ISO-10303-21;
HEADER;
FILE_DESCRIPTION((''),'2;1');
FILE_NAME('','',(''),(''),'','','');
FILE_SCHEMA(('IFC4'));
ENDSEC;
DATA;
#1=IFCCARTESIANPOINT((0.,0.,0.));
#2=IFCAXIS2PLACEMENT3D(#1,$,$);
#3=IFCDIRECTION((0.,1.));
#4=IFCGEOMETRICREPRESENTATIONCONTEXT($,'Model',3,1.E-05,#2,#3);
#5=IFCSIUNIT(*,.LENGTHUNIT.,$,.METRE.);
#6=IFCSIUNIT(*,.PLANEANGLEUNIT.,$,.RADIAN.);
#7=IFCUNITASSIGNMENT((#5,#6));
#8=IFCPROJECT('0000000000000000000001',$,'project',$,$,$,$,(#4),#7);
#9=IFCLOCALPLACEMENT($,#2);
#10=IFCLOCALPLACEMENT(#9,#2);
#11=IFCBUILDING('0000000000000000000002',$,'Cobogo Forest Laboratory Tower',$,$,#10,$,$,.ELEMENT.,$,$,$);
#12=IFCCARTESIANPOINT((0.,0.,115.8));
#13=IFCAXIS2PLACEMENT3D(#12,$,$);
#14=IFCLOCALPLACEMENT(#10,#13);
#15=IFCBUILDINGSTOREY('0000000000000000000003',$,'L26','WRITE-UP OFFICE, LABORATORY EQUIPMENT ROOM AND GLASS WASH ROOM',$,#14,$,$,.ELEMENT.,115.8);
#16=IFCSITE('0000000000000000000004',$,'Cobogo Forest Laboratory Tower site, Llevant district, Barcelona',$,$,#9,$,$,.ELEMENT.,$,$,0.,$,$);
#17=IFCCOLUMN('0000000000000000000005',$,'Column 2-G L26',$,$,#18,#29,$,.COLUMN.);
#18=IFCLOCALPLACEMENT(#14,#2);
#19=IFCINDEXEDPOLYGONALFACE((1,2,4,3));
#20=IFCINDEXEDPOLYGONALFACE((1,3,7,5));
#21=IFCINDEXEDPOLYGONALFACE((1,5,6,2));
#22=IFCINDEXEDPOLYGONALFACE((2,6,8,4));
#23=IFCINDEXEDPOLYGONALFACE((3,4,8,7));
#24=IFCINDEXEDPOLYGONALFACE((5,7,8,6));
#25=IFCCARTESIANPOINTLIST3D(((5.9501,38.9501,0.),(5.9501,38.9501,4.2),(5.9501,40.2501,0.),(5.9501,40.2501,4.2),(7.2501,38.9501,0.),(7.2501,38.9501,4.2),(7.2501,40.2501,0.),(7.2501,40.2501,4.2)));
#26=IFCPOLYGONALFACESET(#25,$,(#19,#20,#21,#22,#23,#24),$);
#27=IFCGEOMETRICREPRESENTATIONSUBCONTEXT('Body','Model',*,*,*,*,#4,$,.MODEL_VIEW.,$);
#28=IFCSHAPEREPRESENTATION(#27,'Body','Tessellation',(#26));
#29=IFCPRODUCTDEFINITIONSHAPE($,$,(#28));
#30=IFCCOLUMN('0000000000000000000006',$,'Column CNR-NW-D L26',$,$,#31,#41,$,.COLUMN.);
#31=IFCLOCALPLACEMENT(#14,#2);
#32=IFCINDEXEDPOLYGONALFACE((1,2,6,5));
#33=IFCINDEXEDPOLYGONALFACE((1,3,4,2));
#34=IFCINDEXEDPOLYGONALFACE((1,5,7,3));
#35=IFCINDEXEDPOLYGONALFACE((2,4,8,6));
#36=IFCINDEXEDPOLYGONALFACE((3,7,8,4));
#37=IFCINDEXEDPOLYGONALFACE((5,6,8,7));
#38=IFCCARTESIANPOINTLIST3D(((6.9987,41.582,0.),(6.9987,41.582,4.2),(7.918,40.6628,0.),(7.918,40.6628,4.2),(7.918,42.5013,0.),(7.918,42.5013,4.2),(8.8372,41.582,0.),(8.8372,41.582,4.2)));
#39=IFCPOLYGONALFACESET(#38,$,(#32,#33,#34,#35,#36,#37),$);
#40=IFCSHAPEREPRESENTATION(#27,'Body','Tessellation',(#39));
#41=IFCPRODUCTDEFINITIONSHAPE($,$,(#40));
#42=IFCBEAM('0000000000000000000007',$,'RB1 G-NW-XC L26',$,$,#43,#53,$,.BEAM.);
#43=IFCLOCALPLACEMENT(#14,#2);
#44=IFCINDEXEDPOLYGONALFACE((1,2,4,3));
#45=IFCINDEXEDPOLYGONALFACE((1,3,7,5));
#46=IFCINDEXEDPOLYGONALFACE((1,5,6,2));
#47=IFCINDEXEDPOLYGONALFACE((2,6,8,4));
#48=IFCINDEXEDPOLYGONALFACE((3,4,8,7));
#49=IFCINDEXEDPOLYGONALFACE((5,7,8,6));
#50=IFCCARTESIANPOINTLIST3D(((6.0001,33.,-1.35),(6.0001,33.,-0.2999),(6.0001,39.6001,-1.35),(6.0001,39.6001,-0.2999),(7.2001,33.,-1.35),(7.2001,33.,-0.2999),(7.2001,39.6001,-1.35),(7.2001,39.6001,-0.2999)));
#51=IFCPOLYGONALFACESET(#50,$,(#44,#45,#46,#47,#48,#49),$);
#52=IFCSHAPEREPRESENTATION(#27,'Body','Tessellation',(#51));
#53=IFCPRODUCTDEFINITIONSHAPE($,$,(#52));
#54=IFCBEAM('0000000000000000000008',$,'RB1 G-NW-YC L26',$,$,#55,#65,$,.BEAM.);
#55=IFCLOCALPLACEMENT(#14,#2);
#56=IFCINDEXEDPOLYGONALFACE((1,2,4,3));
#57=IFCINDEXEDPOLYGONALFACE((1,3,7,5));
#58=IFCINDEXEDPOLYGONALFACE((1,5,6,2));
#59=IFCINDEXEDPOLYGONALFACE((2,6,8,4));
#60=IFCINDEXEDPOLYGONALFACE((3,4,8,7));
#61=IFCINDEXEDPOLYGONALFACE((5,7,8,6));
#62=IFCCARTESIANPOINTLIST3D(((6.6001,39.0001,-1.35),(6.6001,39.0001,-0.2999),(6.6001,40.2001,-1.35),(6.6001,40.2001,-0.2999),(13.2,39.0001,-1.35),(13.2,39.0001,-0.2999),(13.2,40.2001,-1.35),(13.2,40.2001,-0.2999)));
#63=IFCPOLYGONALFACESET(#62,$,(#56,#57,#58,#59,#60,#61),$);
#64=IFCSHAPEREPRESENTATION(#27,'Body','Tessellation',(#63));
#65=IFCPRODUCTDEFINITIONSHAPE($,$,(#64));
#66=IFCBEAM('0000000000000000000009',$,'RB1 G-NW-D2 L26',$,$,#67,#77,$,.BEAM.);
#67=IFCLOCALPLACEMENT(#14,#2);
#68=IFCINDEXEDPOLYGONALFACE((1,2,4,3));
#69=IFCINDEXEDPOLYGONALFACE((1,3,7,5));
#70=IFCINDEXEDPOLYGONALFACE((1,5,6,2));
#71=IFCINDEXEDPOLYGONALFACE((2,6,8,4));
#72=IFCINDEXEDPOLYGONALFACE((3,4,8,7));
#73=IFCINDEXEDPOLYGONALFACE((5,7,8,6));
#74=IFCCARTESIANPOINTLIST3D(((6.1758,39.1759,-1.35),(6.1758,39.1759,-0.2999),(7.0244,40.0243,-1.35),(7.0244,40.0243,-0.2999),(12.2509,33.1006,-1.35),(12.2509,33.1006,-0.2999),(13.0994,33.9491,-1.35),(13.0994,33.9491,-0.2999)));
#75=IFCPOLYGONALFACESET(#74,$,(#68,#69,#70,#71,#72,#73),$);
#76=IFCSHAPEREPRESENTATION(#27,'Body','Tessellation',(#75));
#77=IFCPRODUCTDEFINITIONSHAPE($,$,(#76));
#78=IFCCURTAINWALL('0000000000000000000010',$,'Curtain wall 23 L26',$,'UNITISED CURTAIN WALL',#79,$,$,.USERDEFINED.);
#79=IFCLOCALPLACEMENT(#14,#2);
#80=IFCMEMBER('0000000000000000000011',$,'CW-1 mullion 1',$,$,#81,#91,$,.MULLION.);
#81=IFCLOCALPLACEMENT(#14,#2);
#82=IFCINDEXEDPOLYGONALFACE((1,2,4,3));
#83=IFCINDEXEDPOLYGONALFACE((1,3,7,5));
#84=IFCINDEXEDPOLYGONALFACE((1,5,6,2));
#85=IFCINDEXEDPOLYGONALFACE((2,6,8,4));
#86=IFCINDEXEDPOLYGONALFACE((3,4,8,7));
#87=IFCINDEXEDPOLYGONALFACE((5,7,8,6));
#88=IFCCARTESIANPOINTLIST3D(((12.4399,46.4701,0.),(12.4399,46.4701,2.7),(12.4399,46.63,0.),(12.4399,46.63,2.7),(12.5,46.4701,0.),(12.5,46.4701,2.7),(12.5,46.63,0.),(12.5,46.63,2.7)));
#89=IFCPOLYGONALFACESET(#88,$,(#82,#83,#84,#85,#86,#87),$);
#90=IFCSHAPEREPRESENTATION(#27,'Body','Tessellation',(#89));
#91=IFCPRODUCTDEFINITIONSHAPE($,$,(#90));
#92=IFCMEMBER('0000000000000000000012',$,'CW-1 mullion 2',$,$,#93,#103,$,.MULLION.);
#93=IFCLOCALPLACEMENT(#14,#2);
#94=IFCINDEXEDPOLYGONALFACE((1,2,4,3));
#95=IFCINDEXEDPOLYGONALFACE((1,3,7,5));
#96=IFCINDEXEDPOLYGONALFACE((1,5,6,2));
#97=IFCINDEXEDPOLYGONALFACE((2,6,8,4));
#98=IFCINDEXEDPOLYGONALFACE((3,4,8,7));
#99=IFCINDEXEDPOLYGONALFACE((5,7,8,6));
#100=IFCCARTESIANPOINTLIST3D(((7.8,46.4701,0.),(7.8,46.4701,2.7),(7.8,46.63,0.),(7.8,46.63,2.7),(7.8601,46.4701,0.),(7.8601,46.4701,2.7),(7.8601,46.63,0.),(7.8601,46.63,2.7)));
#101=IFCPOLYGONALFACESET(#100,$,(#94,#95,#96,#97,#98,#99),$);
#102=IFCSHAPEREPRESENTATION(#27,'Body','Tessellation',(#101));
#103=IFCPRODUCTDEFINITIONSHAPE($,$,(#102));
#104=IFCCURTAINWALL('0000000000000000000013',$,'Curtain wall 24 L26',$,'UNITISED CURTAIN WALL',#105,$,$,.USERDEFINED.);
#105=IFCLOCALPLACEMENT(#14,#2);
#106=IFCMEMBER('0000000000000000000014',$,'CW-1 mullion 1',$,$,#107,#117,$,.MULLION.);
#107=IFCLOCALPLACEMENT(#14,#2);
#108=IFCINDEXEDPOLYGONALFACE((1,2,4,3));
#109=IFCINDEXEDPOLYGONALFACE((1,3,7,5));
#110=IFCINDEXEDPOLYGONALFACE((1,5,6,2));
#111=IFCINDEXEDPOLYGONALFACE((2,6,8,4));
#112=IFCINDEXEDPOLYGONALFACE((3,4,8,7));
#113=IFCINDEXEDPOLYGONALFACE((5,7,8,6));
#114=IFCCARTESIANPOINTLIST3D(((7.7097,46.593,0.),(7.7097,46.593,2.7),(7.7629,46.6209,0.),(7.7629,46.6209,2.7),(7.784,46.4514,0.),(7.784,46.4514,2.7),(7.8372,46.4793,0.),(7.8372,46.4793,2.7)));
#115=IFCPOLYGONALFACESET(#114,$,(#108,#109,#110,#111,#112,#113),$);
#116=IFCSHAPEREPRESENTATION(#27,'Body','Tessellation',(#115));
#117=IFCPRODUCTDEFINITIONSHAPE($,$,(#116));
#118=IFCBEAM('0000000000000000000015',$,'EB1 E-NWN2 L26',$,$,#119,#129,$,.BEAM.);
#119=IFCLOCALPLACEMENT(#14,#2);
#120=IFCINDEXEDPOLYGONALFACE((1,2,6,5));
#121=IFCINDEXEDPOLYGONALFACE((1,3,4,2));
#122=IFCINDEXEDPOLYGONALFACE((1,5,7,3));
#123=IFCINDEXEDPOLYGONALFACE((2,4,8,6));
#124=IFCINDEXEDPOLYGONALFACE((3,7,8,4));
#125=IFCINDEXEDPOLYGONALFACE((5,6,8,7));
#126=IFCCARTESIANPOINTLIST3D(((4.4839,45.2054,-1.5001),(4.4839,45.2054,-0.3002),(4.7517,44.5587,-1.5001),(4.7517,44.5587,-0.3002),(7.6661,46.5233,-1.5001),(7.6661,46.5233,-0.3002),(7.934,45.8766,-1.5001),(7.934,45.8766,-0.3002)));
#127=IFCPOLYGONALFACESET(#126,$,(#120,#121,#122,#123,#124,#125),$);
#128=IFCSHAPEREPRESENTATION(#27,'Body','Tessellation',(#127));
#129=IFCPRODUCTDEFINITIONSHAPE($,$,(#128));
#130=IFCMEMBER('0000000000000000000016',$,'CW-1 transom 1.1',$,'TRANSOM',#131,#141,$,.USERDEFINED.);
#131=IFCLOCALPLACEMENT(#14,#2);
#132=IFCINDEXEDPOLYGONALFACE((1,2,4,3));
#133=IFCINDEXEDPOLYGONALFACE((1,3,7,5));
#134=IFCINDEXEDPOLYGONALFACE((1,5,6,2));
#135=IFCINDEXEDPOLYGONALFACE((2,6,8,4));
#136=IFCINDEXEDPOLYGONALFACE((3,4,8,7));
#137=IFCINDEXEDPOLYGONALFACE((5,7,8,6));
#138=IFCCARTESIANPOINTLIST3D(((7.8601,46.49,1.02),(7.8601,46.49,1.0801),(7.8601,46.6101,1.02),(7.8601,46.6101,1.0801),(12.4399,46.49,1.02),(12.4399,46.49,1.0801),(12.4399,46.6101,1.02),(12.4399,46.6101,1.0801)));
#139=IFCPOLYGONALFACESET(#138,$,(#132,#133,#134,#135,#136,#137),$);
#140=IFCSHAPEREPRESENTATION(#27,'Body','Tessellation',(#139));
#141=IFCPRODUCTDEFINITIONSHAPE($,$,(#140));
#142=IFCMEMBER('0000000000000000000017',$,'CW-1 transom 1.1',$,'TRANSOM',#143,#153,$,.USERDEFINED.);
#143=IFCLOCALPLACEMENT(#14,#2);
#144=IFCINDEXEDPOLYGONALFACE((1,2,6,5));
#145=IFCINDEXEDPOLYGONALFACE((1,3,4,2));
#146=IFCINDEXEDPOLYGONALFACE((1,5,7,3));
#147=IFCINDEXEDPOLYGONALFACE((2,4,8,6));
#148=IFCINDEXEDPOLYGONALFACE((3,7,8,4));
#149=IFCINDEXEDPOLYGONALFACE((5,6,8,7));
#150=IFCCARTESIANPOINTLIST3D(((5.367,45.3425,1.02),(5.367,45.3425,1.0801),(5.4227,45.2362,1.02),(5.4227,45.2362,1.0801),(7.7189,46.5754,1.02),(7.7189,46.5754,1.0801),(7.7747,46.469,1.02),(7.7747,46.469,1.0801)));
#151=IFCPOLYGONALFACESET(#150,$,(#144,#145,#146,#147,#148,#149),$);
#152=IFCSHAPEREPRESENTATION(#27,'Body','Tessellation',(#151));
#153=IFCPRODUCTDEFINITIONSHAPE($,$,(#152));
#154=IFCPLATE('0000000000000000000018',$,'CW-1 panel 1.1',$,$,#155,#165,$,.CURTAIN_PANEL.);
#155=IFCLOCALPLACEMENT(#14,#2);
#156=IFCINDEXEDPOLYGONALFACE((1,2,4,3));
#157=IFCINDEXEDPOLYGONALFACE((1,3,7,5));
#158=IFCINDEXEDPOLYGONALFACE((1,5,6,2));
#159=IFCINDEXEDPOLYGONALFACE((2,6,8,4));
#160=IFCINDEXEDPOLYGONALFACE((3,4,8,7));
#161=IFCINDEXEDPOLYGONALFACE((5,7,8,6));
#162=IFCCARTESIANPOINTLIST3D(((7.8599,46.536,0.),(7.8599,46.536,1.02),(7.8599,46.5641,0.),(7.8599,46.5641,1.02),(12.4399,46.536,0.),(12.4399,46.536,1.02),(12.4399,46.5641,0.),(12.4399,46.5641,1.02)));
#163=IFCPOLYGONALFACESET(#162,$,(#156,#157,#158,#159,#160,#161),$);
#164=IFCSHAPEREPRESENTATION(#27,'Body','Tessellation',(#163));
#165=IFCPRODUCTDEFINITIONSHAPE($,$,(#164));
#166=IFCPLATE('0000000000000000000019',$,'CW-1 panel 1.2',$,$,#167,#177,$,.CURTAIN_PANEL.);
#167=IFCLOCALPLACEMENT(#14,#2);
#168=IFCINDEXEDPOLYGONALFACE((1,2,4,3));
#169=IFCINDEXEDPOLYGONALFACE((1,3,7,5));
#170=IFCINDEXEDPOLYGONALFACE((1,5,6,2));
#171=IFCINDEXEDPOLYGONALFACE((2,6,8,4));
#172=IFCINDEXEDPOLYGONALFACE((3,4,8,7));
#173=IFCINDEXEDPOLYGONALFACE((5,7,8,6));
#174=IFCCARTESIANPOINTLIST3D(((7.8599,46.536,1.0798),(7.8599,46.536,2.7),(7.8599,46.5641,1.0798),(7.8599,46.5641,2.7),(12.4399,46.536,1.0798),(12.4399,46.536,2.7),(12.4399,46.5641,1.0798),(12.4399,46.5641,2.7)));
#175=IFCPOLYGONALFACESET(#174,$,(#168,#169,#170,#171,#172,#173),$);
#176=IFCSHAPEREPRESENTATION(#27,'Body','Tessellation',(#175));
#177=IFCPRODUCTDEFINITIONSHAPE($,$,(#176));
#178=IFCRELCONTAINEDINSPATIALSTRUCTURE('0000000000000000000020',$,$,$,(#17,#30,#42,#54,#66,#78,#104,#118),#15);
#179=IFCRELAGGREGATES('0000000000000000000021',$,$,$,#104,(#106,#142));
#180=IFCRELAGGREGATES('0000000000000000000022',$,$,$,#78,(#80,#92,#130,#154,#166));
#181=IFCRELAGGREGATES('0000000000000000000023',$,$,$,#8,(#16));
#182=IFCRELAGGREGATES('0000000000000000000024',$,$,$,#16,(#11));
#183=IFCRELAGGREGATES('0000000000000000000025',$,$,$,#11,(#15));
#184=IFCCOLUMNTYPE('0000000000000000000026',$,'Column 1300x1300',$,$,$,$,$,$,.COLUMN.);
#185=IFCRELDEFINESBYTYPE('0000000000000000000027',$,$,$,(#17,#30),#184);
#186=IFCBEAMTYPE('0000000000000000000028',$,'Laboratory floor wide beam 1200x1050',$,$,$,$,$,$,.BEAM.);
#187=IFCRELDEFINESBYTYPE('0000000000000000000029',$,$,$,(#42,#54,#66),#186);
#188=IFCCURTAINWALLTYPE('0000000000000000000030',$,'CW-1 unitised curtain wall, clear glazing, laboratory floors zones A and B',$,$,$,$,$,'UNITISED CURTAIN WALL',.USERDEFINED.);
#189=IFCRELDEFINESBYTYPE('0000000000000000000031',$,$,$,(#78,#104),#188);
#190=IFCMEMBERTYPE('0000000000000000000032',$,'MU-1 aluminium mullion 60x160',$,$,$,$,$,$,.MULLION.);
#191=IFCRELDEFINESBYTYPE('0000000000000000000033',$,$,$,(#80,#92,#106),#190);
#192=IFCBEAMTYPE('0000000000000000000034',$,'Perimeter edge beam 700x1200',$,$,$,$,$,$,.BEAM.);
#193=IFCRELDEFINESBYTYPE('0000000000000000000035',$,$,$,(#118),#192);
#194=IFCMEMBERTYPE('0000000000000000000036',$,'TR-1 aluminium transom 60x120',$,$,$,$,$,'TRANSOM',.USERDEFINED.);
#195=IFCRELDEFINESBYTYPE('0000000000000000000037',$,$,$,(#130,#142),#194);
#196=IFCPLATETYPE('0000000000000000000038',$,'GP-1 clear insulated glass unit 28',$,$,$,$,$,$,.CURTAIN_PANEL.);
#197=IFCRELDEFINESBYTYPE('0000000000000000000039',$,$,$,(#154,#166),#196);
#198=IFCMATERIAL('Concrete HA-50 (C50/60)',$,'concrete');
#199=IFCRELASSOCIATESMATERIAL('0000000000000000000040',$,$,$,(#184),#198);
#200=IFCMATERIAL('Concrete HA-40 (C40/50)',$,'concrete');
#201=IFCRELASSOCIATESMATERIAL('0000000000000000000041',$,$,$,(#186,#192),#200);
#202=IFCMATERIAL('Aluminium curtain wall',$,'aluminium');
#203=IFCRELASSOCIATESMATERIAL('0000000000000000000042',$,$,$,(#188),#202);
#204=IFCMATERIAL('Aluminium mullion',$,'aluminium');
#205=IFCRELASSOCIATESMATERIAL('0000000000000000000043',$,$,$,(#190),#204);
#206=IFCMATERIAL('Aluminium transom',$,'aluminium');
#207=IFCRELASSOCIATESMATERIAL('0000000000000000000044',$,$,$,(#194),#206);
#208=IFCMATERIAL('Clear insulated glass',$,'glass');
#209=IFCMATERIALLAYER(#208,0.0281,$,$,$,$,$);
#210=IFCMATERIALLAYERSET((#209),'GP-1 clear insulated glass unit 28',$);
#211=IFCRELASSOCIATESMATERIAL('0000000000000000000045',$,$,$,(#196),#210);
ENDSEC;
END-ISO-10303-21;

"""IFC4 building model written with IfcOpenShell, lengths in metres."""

from ifc_helpers import new_model, si_unit, direction, frame, origin, origin_2d, place, context, subcontext, project, spatial, rectangle, extrude, material, layer, layer_set, material_profile, profile_set, type_object, element, aggregate, save


model = new_model("IFC4")

# Units and contexts
model_context = context("Model", 3, precision=1e-05, world=origin(), true_north=direction((0.0, 1.0)))
body_context = subcontext(model_context, "Body", "Model", "MODEL_VIEW")
ifc_project = project(units=[si_unit("LENGTHUNIT", "METRE"), si_unit("PLANEANGLEUNIT", "RADIAN")], contexts=[model_context])

# Site, building, storey
site_placement = place(None, origin())
site = spatial("IfcSite", under=ifc_project, at=site_placement, Name="Cobogo Forest Laboratory Tower site, Llevant district, Barcelona", CompositionType="ELEMENT", RefElevation=0.0)
building_placement = place(site_placement, origin())
building = spatial("IfcBuilding", under=site, at=building_placement, Name="Cobogo Forest Laboratory Tower", CompositionType="ELEMENT")
storey_placement = place(building_placement, frame((0.0, 0.0, 115.8)))
storey = spatial("IfcBuildingStorey", under=building, at=storey_placement, Name="L26", Description="WRITE-UP OFFICE, LABORATORY EQUIPMENT ROOM AND GLASS WASH ROOM", CompositionType="ELEMENT", Elevation=115.8)

# Columns
ifc_material_1 = material(Name="Concrete HA-50 (C50/60)", Category="concrete")
ifc_material_profile_1 = material_profile(ifc_material_1, rectangle(XDim=1.3, YDim=1.3, at=origin_2d()), Name="RC 1300x1300")
ifc_profile_set_1 = profile_set([ifc_material_profile_1], Name="Concrete HA-50 (C50/60)")
column_type = type_object("IfcColumnType", Name="Column 1300x1300", PredefinedType="COLUMN", material=ifc_profile_set_1)
for number, where, z_axis, x_axis, name in (
    (1, (6.6001, 39.6001, 0.0), (0.0, 0.0, 1.0), (1.0, 0.0, 0.0), "Column 2-G L26"),
    (2, (7.918, 41.582, 0.0), (0.0, 0.0, 1.0), (0.707107, 0.707107, 0.0), "Column CNR-NW-D L26"),
):
    element("IfcColumn", number, at=place(storey_placement, frame(where, z_axis=z_axis, x_axis=x_axis)), inside=storey, type_object=column_type, Name=name, PredefinedType="COLUMN", context=body_context, shape_type="SweptSolid", body=[
        extrude(rectangle(XDim=1.3, YDim=1.3, at=origin_2d()), origin(), (0.0, 0.0, 1.0), 4.2),
    ])

# Beams
ifc_material_2 = material(Name="Concrete HA-40 (C40/50)", Category="concrete")
ifc_material_profile_2 = material_profile(ifc_material_2, rectangle(XDim=1.2, YDim=1.05, at=origin_2d()), Name="RC 1200x1050")
ifc_profile_set_2 = profile_set([ifc_material_profile_2], Name="Concrete HA-40 (C40/50)")
beam_type_1 = type_object("IfcBeamType", Name="Laboratory floor wide beam 1200x1050", PredefinedType="BEAM", material=ifc_profile_set_2)
beam_1_placement = place(storey_placement, frame((6.6001, 39.6001, -0.825), z_axis=(0.0, -1.0, 0.0), x_axis=(1.0, 0.0, 0.0)))
element("IfcBeam", 3, at=beam_1_placement, inside=storey, type_object=beam_type_1, Name="RB1 G-NW-XC L26", PredefinedType="BEAM", context=body_context, shape_type="SweptSolid", body=[
    extrude(rectangle(XDim=1.2, YDim=1.05, at=origin_2d()), origin(), (0.0, 0.0, 1.0), 6.6001),
])
beam_2_placement = place(storey_placement, frame((6.6001, 39.6001, -0.825), z_axis=(1.0, 0.0, 0.0), x_axis=(0.0, 1.0, 0.0)))
element("IfcBeam", 4, at=beam_2_placement, inside=storey, type_object=beam_type_1, Name="RB1 G-NW-YC L26", PredefinedType="BEAM", context=body_context, shape_type="SweptSolid", body=[
    extrude(rectangle(XDim=1.2, YDim=1.05, at=origin_2d()), origin(), (0.0, 0.0, 1.0), 6.5999),
])
beam_3_placement = place(storey_placement, frame((6.6001, 39.6001, -0.825), z_axis=(0.707093, -0.707121, 0.0), x_axis=(0.707121, 0.707093, 0.0)))
element("IfcBeam", 5, at=beam_3_placement, inside=storey, type_object=beam_type_1, Name="RB1 G-NW-D2 L26", PredefinedType="BEAM", context=body_context, shape_type="SweptSolid", body=[
    extrude(rectangle(XDim=1.2, YDim=1.05, at=origin_2d()), origin(), (0.0, 0.0, 1.0), 8.5916),
])

# Curtain wall, members
ifc_material_3 = material(Name="Aluminium curtain wall", Category="aluminium")
curtain_wall_type = type_object("IfcCurtainWallType", Name="CW-1 unitised curtain wall, clear glazing, laboratory floors zones A and B", ElementType="UNITISED CURTAIN WALL", PredefinedType="USERDEFINED", material=ifc_material_3)
curtain_wall_1_placement = place(storey_placement, origin())
curtain_wall_1 = element("IfcCurtainWall", 6, at=curtain_wall_1_placement, inside=storey, type_object=curtain_wall_type, Name="Curtain wall 23 L26", ObjectType="UNITISED CURTAIN WALL", PredefinedType="USERDEFINED")
ifc_material_4 = material(Name="Aluminium mullion", Category="aluminium")
ifc_material_profile_3 = material_profile(ifc_material_4, rectangle(XDim=0.0601, YDim=0.1599, at=origin_2d()), Name="AL 60x160")
ifc_profile_set_3 = profile_set([ifc_material_profile_3], Name="Aluminium mullion")
member_type_1 = type_object("IfcMemberType", Name="MU-1 aluminium mullion 60x160", PredefinedType="MULLION", material=ifc_profile_set_3)
member_1_placement = place(storey_placement, frame((12.47, 46.55, 0.0), z_axis=(0.0, 0.0, 1.0), x_axis=(-1.0, 0.0, 0.0)))
member_1 = element("IfcMember", 7, at=member_1_placement, type_object=member_type_1, Name="CW-1 mullion 1", PredefinedType="MULLION", context=body_context, shape_type="SweptSolid", body=[
    extrude(rectangle(XDim=0.0601, YDim=0.1599, at=origin_2d()), origin(), (0.0, 0.0, 1.0), 2.7),
])
member_2_placement = place(storey_placement, frame((7.8301, 46.55, 0.0), z_axis=(0.0, 0.0, 1.0), x_axis=(-1.0, 0.0, 0.0)))
member_2 = element("IfcMember", 8, at=member_2_placement, type_object=member_type_1, Name="CW-1 mullion 2", PredefinedType="MULLION", context=body_context, shape_type="SweptSolid", body=[
    extrude(rectangle(XDim=0.0601, YDim=0.1599, at=origin_2d()), origin(), (0.0, 0.0, 1.0), 2.7),
])

# Curtain wall, member
curtain_wall_2_placement = place(storey_placement, origin())
curtain_wall_2 = element("IfcCurtainWall", 9, at=curtain_wall_2_placement, inside=storey, type_object=curtain_wall_type, Name="Curtain wall 24 L26", ObjectType="UNITISED CURTAIN WALL", PredefinedType="USERDEFINED")
member_3_placement = place(storey_placement, frame((7.7734, 46.5361, 0.0), z_axis=(0.0, 0.0, 1.0), x_axis=(-0.885687, -0.464284, 0.0)))
member_3 = element("IfcMember", 10, at=member_3_placement, type_object=member_type_1, Name="CW-1 mullion 1", PredefinedType="MULLION", context=body_context, shape_type="SweptSolid", body=[
    extrude(rectangle(XDim=0.0601, YDim=0.1599, at=origin_2d()), origin(), (0.0, 0.0, 1.0), 2.7),
])

# Beam
ifc_material_profile_4 = material_profile(ifc_material_2, rectangle(XDim=0.7, YDim=1.2, at=origin_2d()), Name="RC 700x1200")
ifc_profile_set_4 = profile_set([ifc_material_profile_4], Name="Concrete HA-40 (C40/50)")
beam_type_2 = type_object("IfcBeamType", Name="Perimeter edge beam 700x1200", PredefinedType="BEAM", material=ifc_profile_set_4)
beam_4_placement = place(storey_placement, frame((7.8, 46.2, -0.9001), z_axis=(-0.923901, -0.382631, 0.0), x_axis=(0.382631, -0.923901, 0.0)))
element("IfcBeam", 11, at=beam_4_placement, inside=storey, type_object=beam_type_2, Name="EB1 E-NWN2 L26", PredefinedType="BEAM", context=body_context, shape_type="SweptSolid", body=[
    extrude(rectangle(XDim=0.7, YDim=1.2, at=origin_2d()), origin(), (0.0, 0.0, 1.0), 3.4443),
])

# Members
ifc_material_5 = material(Name="Aluminium transom", Category="aluminium")
ifc_material_profile_5 = material_profile(ifc_material_5, rectangle(XDim=0.1201, YDim=0.0601, at=origin_2d()), Name="AL 60x120")
ifc_profile_set_5 = profile_set([ifc_material_profile_5], Name="Aluminium transom")
member_type_2 = type_object("IfcMemberType", Name="TR-1 aluminium transom 60x120", ElementType="TRANSOM", PredefinedType="USERDEFINED", material=ifc_profile_set_5)
member_4_placement = place(storey_placement, frame((12.4399, 46.55, 1.05), z_axis=(-1.0, 0.0, 0.0), x_axis=(0.0, -1.0, 0.0)))
member_4 = element("IfcMember", 12, at=member_4_placement, type_object=member_type_2, Name="CW-1 transom 1.1", ObjectType="TRANSOM", PredefinedType="USERDEFINED", context=body_context, shape_type="SweptSolid", body=[
    extrude(rectangle(XDim=0.1201, YDim=0.0601, at=origin_2d()), origin(), (0.0, 0.0, 1.0), 4.5798),
])
member_5_placement = place(storey_placement, frame((7.7468, 46.5222, 1.05), z_axis=(-0.885695, -0.464268, 0.0), x_axis=(0.464268, -0.885695, 0.0)))
member_5 = element("IfcMember", 13, at=member_5_placement, type_object=member_type_2, Name="CW-1 transom 1.1", ObjectType="TRANSOM", PredefinedType="USERDEFINED", context=body_context, shape_type="SweptSolid", body=[
    extrude(rectangle(XDim=0.1201, YDim=0.0601, at=origin_2d()), origin(), (0.0, 0.0, 1.0), 2.6555),
])
aggregate(curtain_wall_2, [member_3, member_5])

# Plates
ifc_material_6 = material(Name="Clear insulated glass", Category="glass")
ifc_layer_1 = layer(ifc_material_6, 0.0281)
ifc_layer_set_1 = layer_set([ifc_layer_1], Name="GP-1 clear insulated glass unit 28")
plate_type = type_object("IfcPlateType", Name="GP-1 clear insulated glass unit 28", PredefinedType="CURTAIN_PANEL", material=ifc_layer_set_1)
plate_1_placement = place(storey_placement, frame((10.1499, 46.55, 0.0), z_axis=(0.0, 0.0, 1.0), x_axis=(-1.0, 0.0, 0.0)))
plate_1 = element("IfcPlate", 14, at=plate_1_placement, type_object=plate_type, Name="CW-1 panel 1.1", PredefinedType="CURTAIN_PANEL", context=body_context, shape_type="SweptSolid", body=[
    extrude(rectangle(XDim=4.5801, YDim=0.0281, at=origin_2d()), origin(), (0.0, 0.0, 1.0), 1.02),
])
plate_2_placement = place(storey_placement, frame((10.1499, 46.55, 1.0798), z_axis=(0.0, 0.0, 1.0), x_axis=(-1.0, 0.0, 0.0)))
plate_2 = element("IfcPlate", 15, at=plate_2_placement, type_object=plate_type, Name="CW-1 panel 1.2", PredefinedType="CURTAIN_PANEL", context=body_context, shape_type="SweptSolid", body=[
    extrude(rectangle(XDim=4.5801, YDim=0.0281, at=origin_2d()), origin(), (0.0, 0.0, 1.0), 1.6201),
])
aggregate(curtain_wall_1, [member_1, member_2, member_4, plate_1, plate_2])

save(model, "model.ifc")
